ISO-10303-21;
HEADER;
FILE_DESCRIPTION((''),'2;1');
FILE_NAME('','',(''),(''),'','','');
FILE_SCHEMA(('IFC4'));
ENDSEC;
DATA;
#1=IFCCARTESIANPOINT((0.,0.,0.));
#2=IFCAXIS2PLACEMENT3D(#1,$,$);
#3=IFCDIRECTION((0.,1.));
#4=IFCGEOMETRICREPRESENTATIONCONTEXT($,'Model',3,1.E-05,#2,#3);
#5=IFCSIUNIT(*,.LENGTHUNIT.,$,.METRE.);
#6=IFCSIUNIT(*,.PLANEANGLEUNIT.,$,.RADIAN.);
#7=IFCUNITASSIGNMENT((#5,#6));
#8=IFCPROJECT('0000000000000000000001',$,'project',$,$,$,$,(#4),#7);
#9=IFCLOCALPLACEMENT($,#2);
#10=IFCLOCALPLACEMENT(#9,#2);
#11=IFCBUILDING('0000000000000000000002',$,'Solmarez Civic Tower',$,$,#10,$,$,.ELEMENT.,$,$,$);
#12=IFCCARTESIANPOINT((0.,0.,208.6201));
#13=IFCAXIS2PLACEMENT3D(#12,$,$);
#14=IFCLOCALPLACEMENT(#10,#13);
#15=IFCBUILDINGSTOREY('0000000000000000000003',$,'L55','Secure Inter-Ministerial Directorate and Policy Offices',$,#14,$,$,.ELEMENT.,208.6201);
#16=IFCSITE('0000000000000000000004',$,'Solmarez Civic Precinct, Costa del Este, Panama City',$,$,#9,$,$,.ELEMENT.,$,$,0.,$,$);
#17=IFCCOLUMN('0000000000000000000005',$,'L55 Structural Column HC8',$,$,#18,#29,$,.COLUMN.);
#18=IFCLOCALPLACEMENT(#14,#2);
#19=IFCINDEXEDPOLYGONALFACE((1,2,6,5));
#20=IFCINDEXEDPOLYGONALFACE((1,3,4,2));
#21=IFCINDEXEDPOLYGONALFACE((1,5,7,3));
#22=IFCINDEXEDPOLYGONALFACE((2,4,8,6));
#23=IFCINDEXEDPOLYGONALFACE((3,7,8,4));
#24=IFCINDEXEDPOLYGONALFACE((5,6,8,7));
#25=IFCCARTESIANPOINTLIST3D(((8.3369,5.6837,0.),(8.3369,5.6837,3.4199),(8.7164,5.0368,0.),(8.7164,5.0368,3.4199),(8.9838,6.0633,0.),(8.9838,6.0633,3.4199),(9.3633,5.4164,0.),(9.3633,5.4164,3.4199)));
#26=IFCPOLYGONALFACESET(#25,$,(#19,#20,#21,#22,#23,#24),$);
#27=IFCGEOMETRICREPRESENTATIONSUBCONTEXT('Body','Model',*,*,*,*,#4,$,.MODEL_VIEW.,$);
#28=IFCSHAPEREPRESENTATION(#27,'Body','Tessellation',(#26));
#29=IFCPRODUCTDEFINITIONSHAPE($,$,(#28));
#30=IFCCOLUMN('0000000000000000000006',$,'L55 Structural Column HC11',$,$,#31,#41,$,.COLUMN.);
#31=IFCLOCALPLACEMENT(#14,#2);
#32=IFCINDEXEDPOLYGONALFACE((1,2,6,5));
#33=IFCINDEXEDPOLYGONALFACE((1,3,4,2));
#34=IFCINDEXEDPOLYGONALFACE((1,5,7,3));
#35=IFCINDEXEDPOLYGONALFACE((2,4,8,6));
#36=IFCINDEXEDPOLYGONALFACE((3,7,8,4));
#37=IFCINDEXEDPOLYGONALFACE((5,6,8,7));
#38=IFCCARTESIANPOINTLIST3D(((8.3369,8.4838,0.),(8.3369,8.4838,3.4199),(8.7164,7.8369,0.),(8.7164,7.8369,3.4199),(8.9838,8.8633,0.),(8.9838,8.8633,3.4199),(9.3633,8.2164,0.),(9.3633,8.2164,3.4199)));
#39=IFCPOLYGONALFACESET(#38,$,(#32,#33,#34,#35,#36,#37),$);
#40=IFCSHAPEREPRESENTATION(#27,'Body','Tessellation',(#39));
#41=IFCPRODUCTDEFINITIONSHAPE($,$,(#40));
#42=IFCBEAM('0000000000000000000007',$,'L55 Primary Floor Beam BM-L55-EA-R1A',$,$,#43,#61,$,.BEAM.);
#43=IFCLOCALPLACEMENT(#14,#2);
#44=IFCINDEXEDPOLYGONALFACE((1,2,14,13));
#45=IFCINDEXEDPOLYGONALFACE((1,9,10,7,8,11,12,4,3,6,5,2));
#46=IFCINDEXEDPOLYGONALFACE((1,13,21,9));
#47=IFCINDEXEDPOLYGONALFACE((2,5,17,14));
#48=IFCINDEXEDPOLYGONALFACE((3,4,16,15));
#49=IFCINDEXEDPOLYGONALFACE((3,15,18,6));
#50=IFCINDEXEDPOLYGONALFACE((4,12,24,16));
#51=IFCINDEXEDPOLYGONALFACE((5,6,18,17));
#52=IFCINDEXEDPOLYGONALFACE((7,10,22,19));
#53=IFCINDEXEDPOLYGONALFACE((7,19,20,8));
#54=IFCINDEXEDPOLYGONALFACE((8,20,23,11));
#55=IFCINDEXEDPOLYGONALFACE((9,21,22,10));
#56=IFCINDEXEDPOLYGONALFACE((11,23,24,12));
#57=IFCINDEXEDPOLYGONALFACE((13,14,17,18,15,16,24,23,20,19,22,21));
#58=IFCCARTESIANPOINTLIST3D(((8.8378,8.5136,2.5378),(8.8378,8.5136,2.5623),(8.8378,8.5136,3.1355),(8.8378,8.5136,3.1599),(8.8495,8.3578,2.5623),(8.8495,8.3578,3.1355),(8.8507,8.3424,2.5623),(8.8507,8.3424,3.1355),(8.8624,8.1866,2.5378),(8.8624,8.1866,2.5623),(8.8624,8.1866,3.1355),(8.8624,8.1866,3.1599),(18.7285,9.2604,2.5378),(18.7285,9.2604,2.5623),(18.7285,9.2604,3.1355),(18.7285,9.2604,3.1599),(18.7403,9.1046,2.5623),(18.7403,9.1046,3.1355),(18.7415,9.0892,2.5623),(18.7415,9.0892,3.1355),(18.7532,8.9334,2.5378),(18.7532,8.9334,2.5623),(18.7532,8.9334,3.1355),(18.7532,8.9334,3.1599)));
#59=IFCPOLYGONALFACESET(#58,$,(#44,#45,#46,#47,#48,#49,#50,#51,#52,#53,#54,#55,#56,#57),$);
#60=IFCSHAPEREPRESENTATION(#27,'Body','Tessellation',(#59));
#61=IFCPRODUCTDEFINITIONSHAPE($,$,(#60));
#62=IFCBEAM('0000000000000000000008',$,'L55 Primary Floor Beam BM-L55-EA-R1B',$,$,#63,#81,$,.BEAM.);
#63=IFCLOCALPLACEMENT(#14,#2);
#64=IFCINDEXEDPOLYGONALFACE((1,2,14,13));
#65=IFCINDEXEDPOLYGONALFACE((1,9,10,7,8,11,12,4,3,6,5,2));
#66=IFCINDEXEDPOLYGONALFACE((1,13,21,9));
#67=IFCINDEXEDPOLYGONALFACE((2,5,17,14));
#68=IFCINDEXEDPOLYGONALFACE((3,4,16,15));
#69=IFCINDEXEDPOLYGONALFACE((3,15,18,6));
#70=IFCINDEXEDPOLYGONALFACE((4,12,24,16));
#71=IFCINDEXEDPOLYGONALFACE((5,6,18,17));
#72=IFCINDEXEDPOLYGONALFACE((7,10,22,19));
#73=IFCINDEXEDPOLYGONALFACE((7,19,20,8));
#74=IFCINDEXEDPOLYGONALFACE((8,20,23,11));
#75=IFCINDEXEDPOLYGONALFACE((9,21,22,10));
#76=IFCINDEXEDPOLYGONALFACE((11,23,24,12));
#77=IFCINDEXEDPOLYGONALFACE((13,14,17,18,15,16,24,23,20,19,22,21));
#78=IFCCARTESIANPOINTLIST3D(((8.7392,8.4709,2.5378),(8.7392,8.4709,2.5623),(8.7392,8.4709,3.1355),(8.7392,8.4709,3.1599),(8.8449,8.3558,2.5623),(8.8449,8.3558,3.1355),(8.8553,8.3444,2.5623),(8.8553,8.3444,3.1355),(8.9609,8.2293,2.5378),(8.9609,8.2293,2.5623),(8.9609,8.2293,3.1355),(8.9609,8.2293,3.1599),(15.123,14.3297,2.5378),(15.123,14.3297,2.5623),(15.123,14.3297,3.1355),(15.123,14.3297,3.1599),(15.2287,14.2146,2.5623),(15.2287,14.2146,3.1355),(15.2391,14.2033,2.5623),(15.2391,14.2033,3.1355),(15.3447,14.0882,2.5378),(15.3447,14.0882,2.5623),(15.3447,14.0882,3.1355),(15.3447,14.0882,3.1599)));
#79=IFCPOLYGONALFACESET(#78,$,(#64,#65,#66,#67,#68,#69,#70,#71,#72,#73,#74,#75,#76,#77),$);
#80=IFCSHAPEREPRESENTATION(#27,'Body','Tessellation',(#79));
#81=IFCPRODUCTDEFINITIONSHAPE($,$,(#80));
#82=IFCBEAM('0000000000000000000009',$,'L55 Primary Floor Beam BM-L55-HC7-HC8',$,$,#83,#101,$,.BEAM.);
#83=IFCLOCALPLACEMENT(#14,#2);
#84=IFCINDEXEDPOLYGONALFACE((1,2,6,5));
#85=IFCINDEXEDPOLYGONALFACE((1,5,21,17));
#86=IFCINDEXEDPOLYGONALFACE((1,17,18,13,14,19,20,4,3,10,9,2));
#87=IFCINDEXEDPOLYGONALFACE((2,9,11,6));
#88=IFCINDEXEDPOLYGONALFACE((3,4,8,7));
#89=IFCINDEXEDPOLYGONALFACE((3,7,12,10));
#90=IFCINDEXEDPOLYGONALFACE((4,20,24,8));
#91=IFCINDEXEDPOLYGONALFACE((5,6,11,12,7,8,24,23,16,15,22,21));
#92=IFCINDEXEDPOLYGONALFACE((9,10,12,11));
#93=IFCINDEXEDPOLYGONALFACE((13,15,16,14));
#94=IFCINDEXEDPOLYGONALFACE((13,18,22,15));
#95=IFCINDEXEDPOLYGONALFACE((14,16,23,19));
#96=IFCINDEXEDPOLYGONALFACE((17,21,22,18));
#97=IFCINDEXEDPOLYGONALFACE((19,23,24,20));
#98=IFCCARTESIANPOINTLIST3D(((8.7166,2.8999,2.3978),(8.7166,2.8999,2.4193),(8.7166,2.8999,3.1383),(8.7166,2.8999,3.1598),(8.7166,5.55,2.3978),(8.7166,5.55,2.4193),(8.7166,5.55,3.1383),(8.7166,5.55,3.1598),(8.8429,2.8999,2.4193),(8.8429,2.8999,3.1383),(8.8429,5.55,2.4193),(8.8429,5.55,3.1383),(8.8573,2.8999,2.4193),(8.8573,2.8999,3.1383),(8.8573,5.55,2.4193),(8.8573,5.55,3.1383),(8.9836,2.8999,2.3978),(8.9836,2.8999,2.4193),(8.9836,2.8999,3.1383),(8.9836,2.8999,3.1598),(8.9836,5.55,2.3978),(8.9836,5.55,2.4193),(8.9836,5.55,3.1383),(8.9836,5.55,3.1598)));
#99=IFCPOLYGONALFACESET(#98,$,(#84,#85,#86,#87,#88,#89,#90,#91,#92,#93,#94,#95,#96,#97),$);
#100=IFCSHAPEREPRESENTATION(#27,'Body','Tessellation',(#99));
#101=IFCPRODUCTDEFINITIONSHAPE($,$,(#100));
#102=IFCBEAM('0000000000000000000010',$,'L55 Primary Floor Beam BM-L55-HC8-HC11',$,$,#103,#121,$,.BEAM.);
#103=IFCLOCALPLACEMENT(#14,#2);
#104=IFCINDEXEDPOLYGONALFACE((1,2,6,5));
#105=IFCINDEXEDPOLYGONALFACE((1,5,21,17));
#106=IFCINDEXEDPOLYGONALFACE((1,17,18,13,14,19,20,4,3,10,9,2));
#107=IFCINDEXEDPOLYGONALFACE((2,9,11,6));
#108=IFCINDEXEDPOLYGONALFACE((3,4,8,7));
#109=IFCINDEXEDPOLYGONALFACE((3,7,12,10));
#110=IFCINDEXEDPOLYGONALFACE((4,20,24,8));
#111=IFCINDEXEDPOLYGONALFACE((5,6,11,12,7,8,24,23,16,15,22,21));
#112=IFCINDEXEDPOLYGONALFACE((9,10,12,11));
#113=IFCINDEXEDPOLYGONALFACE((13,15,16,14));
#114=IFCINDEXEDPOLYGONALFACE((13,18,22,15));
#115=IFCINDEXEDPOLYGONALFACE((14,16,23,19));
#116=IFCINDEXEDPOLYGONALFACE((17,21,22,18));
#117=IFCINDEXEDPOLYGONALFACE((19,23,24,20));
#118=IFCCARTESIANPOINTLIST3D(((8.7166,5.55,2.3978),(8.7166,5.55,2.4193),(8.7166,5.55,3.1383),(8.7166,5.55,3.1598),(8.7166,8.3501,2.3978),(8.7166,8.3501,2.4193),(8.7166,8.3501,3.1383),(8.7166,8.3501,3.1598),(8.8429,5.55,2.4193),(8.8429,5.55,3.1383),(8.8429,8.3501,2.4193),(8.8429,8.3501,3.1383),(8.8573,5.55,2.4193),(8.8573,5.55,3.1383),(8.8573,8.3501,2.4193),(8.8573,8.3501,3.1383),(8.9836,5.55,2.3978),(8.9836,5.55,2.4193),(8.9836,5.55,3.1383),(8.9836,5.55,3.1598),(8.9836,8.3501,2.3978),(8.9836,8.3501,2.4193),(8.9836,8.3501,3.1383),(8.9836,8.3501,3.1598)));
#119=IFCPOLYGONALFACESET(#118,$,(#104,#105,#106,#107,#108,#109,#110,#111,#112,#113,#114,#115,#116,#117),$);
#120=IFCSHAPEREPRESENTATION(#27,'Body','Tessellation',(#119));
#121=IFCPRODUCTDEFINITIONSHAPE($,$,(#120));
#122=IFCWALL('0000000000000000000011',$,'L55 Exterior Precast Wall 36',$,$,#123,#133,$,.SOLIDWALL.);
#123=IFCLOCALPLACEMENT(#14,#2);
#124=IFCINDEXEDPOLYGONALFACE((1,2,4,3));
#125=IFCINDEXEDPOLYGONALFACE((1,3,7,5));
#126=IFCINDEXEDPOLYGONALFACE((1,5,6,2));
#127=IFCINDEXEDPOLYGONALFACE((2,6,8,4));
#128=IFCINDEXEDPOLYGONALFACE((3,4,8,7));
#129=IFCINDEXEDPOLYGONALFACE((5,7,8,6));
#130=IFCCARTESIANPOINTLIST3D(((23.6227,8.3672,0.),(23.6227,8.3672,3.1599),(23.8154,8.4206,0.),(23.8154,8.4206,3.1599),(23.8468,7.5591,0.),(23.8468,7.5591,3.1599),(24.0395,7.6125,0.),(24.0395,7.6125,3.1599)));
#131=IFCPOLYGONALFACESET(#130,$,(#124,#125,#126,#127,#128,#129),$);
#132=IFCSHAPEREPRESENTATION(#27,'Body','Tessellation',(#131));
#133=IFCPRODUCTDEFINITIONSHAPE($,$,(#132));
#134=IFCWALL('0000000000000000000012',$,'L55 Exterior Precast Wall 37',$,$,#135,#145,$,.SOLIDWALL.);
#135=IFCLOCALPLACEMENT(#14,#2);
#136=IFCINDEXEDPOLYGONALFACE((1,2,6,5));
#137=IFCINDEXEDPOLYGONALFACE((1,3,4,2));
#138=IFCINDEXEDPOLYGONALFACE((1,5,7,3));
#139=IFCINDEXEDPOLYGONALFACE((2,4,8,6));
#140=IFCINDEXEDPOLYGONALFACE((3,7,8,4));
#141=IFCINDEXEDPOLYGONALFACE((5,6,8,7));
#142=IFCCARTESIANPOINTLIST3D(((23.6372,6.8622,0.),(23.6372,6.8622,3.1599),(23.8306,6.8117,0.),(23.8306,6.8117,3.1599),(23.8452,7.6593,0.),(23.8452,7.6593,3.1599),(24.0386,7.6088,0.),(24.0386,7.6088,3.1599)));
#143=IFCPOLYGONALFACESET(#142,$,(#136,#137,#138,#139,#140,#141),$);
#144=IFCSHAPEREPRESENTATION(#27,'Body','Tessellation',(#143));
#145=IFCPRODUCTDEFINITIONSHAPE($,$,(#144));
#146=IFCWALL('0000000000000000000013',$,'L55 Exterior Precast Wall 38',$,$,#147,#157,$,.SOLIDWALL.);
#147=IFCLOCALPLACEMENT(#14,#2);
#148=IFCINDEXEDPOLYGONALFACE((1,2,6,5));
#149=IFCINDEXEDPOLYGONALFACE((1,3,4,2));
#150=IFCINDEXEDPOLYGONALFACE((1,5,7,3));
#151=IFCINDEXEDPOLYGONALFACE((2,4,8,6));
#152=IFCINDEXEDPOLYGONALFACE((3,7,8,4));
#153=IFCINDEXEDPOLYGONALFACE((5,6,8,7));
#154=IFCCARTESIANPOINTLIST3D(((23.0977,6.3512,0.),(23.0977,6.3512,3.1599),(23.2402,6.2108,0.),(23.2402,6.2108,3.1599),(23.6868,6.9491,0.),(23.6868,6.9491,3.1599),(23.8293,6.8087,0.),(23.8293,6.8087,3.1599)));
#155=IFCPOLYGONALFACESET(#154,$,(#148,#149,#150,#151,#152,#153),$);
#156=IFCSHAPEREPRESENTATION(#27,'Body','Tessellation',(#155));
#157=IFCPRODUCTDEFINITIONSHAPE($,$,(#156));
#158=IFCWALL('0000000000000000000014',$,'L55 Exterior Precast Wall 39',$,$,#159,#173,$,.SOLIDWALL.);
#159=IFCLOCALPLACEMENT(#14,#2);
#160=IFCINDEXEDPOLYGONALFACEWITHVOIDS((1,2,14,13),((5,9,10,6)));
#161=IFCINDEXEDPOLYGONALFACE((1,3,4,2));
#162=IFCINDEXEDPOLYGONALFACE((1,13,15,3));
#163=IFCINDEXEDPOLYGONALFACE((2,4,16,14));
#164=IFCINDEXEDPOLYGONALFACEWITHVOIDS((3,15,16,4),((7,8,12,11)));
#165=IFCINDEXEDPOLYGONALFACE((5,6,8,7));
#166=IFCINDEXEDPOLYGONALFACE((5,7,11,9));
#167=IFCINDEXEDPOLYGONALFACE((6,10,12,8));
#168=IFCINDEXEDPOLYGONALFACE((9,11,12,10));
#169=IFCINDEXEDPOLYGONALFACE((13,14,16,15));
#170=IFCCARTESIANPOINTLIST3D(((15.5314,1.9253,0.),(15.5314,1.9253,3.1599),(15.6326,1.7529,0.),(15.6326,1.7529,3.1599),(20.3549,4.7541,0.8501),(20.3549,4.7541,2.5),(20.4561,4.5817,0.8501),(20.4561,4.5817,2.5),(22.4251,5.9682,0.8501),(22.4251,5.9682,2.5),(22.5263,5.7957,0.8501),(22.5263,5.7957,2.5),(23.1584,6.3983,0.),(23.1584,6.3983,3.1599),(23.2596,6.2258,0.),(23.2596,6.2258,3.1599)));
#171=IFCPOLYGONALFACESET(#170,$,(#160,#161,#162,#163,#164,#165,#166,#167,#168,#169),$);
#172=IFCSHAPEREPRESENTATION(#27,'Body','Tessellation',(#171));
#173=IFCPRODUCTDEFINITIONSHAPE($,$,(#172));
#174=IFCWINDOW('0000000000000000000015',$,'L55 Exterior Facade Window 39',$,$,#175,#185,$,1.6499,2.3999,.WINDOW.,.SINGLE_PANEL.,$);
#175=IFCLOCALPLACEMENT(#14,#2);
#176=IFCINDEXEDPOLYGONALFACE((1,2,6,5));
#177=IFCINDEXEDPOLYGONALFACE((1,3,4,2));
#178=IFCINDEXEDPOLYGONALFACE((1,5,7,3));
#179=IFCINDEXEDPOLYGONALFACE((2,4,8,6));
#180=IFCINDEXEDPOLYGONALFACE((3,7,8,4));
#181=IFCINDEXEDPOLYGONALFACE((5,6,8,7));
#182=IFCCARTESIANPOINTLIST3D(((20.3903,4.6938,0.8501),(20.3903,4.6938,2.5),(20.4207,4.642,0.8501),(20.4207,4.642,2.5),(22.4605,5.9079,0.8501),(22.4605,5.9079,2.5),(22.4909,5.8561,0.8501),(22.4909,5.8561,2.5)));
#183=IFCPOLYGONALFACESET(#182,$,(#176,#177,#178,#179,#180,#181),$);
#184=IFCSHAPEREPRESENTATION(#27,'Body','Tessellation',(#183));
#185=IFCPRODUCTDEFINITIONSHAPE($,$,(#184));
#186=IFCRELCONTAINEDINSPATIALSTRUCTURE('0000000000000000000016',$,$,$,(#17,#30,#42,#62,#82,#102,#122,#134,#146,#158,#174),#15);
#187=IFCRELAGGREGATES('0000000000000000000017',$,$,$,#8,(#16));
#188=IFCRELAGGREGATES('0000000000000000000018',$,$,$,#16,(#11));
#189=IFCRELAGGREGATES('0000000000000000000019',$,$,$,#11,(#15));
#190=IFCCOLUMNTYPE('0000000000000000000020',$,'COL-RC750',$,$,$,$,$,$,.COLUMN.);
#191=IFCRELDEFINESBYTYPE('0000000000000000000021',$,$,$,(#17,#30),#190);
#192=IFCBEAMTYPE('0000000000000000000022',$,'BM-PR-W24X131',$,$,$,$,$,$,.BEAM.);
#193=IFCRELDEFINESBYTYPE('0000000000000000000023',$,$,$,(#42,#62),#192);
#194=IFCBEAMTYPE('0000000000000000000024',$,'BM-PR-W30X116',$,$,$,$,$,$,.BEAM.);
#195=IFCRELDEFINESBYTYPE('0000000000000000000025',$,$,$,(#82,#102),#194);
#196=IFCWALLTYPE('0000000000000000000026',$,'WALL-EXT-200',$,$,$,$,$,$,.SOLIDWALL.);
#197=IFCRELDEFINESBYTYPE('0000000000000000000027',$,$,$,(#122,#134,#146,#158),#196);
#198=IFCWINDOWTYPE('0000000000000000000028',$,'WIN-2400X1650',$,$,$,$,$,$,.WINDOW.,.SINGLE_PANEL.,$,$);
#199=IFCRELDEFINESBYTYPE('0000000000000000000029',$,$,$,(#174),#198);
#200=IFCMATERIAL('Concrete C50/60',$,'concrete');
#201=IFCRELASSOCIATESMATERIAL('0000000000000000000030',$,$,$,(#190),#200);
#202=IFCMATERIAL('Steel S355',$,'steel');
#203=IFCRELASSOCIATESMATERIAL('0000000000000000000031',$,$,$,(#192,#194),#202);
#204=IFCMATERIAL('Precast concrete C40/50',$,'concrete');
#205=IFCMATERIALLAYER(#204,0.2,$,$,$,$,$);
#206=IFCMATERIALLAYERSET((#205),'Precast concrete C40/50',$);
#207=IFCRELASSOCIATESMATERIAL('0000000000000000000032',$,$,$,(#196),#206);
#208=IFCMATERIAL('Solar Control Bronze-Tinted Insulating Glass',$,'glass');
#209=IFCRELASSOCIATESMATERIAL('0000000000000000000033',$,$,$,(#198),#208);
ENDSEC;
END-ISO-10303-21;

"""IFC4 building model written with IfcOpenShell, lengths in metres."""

from ifc_helpers import new_model, si_unit, direction, frame, frame_2d, origin, origin_2d, place, context, subcontext, project, spatial, rectangle, i_section, extrude, material, layer, layer_set, material_profile, profile_set, type_object, element, fill, save


model = new_model("IFC4")

# Units and contexts
model_context = context("Model", 3, precision=1e-05, world=origin(), true_north=direction((0.0, 1.0)))
body_context = subcontext(model_context, "Body", "Model", "MODEL_VIEW")
ifc_project = project(units=[si_unit("LENGTHUNIT", "METRE"), si_unit("PLANEANGLEUNIT", "RADIAN")], contexts=[model_context])

# Site, building, storey
site_placement = place(None, origin())
site = spatial("IfcSite", under=ifc_project, at=site_placement, Name="Solmarez Civic Precinct, Costa del Este, Panama City", CompositionType="ELEMENT", RefElevation=0.0)
building_placement = place(site_placement, origin())
building = spatial("IfcBuilding", under=site, at=building_placement, Name="Solmarez Civic Tower", CompositionType="ELEMENT")
storey_placement = place(building_placement, frame((0.0, 0.0, 208.6201)))
storey = spatial("IfcBuildingStorey", under=building, at=storey_placement, Name="L55", Description="Secure Inter-Ministerial Directorate and Policy Offices", CompositionType="ELEMENT", Elevation=208.6201)

# Columns
ifc_material_1 = material(Name="Concrete C50/60", Category="concrete")
ifc_material_profile_1 = material_profile(ifc_material_1, rectangle(XDim=0.75, YDim=0.75, at=origin_2d()), Name="RC750X750")
ifc_profile_set_1 = profile_set([ifc_material_profile_1], Name="Concrete C50/60")
column_type = type_object("IfcColumnType", Name="COL-RC750", PredefinedType="COLUMN", material=ifc_profile_set_1)
for number, where, z_axis, x_axis, name in (
    (1, (8.8501, 5.55, 0.0), (0.0, 0.0, 1.0), (0.862514, 0.506034, 0.0), "L55 Structural Column HC8"),
    (2, (8.8501, 8.3501, 0.0), (0.0, 0.0, 1.0), (0.862514, 0.506034, 0.0), "L55 Structural Column HC11"),
):
    element("IfcColumn", number, at=place(storey_placement, frame(where, z_axis=z_axis, x_axis=x_axis)), inside=storey, type_object=column_type, Name=name, PredefinedType="COLUMN", context=body_context, shape_type="SweptSolid", body=[
        extrude(rectangle(XDim=0.75, YDim=0.75, at=origin_2d()), origin(), (0.0, 0.0, 1.0), 3.4199),
    ])

# Beams
ifc_material_2 = material(Name="Steel S355", Category="steel")
ifc_material_profile_2 = material_profile(ifc_material_2, i_section(OverallWidth=0.3279, OverallDepth=0.6221, WebThickness=0.0154, FlangeThickness=0.0244, at=origin_2d()), Name="W24X131")
ifc_profile_set_2 = profile_set([ifc_material_profile_2], Name="Steel S355")
beam_type_1 = type_object("IfcBeamType", Name="BM-PR-W24X131", PredefinedType="BEAM", material=ifc_profile_set_2)
beam_1_placement = place(storey_placement, frame((8.8501, 8.3501, 2.8489), z_axis=(0.997162, 0.075292, 0.0), x_axis=(-0.075292, 0.997162, 0.0)))
element("IfcBeam", 3, at=beam_1_placement, inside=storey, type_object=beam_type_1, Name="L55 Primary Floor Beam BM-L55-EA-R1A", PredefinedType="BEAM", context=body_context, shape_type="SweptSolid", body=[
    extrude(i_section(OverallWidth=0.3279, OverallDepth=0.6221, WebThickness=0.0154, FlangeThickness=0.0244, at=origin_2d()), origin(), (0.0, 0.0, 1.0), 9.9189),
])
beam_2_placement = place(storey_placement, frame((8.8501, 8.3501, 2.8489), z_axis=(0.736747, 0.676169, 0.0), x_axis=(-0.676169, 0.736747, 0.0)))
element("IfcBeam", 4, at=beam_2_placement, inside=storey, type_object=beam_type_1, Name="L55 Primary Floor Beam BM-L55-EA-R1B", PredefinedType="BEAM", context=body_context, shape_type="SweptSolid", body=[
    extrude(i_section(OverallWidth=0.3279, OverallDepth=0.6221, WebThickness=0.0154, FlangeThickness=0.0244, at=origin_2d()), origin(), (0.0, 0.0, 1.0), 8.6648),
])
ifc_material_profile_3 = material_profile(ifc_material_2, i_section(OverallWidth=0.2671, OverallDepth=0.762, WebThickness=0.0144, FlangeThickness=0.0215, at=origin_2d()), Name="W30X116")
ifc_profile_set_3 = profile_set([ifc_material_profile_3], Name="Steel S355")
beam_type_2 = type_object("IfcBeamType", Name="BM-PR-W30X116", PredefinedType="BEAM", material=ifc_profile_set_3)
beam_3_placement = place(storey_placement, frame((8.8501, 2.8999, 2.7788), z_axis=(0.0, 1.0, 0.0), x_axis=(-1.0, 0.0, 0.0)))
element("IfcBeam", 5, at=beam_3_placement, inside=storey, type_object=beam_type_2, Name="L55 Primary Floor Beam BM-L55-HC7-HC8", PredefinedType="BEAM", context=body_context, shape_type="SweptSolid", body=[
    extrude(i_section(OverallWidth=0.2671, OverallDepth=0.762, WebThickness=0.0144, FlangeThickness=0.0215, at=origin_2d()), origin(), (0.0, 0.0, 1.0), 2.6501),
])
beam_4_placement = place(storey_placement, frame((8.8501, 5.55, 2.7788), z_axis=(0.0, 1.0, 0.0), x_axis=(-1.0, 0.0, 0.0)))
element("IfcBeam", 6, at=beam_4_placement, inside=storey, type_object=beam_type_2, Name="L55 Primary Floor Beam BM-L55-HC8-HC11", PredefinedType="BEAM", context=body_context, shape_type="SweptSolid", body=[
    extrude(i_section(OverallWidth=0.2671, OverallDepth=0.762, WebThickness=0.0144, FlangeThickness=0.0215, at=origin_2d()), origin(), (0.0, 0.0, 1.0), 2.8),
])

# Walls
ifc_material_3 = material(Name="Precast concrete C40/50", Category="concrete")
ifc_layer_1 = layer(ifc_material_3, 0.2)
ifc_layer_set_1 = layer_set([ifc_layer_1], Name="Precast concrete C40/50")
wall_type_1 = type_object("IfcWallType", Name="WALL-EXT-200", PredefinedType="SOLIDWALL", material=ifc_layer_set_1)
wall_1_placement = place(storey_placement, frame((23.719, 8.394, 0.0), z_axis=(0.0, 0.0, 1.0), x_axis=(0.267253, -0.963626, 0.0)))
element("IfcWall", 7, at=wall_1_placement, inside=storey, type_object=wall_type_1, Name="L55 Exterior Precast Wall 36", PredefinedType="SOLIDWALL", context=body_context, shape_type="SweptSolid", body=[
    extrude(rectangle(XDim=0.8386, YDim=0.2, at=frame_2d((0.4194, 0.0))), origin(), (0.0, 0.0, 1.0), 3.1599),
])
wall_2_placement = place(storey_placement, frame((23.9419, 7.634, 0.0), z_axis=(0.0, 0.0, 1.0), x_axis=(-0.252494, -0.967598, 0.0)))
element("IfcWall", 8, at=wall_2_placement, inside=storey, type_object=wall_type_1, Name="L55 Exterior Precast Wall 37", PredefinedType="SOLIDWALL", context=body_context, shape_type="SweptSolid", body=[
    extrude(rectangle(XDim=0.8237, YDim=0.2, at=frame_2d((0.4119, 0.0))), origin(), (0.0, 0.0, 1.0), 3.1599),
])
wall_3_placement = place(storey_placement, frame((23.7581, 6.8789, 0.0), z_axis=(0.0, 0.0, 1.0), x_axis=(-0.701852, -0.712323, 0.0)))
element("IfcWall", 9, at=wall_3_placement, inside=storey, type_object=wall_type_1, Name="L55 Exterior Precast Wall 38", PredefinedType="SOLIDWALL", context=body_context, shape_type="SweptSolid", body=[
    extrude(rectangle(XDim=0.8394, YDim=0.2, at=frame_2d((0.4197, 0.0))), origin(), (0.0, 0.0, 1.0), 3.1599),
])

# Wall, opening, window
wall_4_placement = place(storey_placement, frame((23.209, 6.312, 0.0), z_axis=(0.0, 0.0, 1.0), x_axis=(-0.862603, -0.505882, 0.0)))
wall_4 = element("IfcWall", 10, at=wall_4_placement, inside=storey, type_object=wall_type_1, Name="L55 Exterior Precast Wall 39", PredefinedType="SOLIDWALL", context=body_context, shape_type="SweptSolid", body=[
    extrude(rectangle(XDim=8.8418, YDim=0.2, at=frame_2d((4.4209, 0.0))), origin(), (0.0, 0.0, 1.0), 3.1599),
])
opening_1_placement = place(wall_4_placement, frame((0.8501, 0.0, 0.8501)))
opening_1 = element("IfcOpeningElement", 11, at=opening_1_placement, cuts=wall_4, PredefinedType="OPENING", context=body_context, shape_type="SweptSolid", body=[
    extrude(rectangle(XDim=2.3999, YDim=1.6499, at=frame_2d((1.2, 0.825))), frame((0.0, 0.1099, 0.0), z_axis=(0.0, -1.0, 0.0), x_axis=(1.0, 0.0, 0.0)), (0.0, 0.0, 1.0), 0.22),
])
ifc_material_4 = material(Name="Solar Control Bronze-Tinted Insulating Glass", Category="glass")
window_type = type_object("IfcWindowType", Name="WIN-2400X1650", PartitioningType="SINGLE_PANEL", PredefinedType="WINDOW", material=ifc_material_4)
window_placement = place(opening_1_placement, origin())
window = element("IfcWindow", 12, at=window_placement, inside=storey, type_object=window_type, Name="L55 Exterior Facade Window 39", OverallHeight=1.6499, OverallWidth=2.3999, PartitioningType="SINGLE_PANEL", PredefinedType="WINDOW", context=body_context, shape_type="SweptSolid", body=[
    extrude(rectangle(XDim=2.3999, YDim=1.6499, at=frame_2d((1.2, 0.825))), frame((0.0, 0.03, 0.0), z_axis=(0.0, -1.0, 0.0), x_axis=(1.0, 0.0, 0.0)), (0.0, 0.0, 1.0), 0.0601),
])
fill(opening_1, window)

save(model, "model.ifc")
